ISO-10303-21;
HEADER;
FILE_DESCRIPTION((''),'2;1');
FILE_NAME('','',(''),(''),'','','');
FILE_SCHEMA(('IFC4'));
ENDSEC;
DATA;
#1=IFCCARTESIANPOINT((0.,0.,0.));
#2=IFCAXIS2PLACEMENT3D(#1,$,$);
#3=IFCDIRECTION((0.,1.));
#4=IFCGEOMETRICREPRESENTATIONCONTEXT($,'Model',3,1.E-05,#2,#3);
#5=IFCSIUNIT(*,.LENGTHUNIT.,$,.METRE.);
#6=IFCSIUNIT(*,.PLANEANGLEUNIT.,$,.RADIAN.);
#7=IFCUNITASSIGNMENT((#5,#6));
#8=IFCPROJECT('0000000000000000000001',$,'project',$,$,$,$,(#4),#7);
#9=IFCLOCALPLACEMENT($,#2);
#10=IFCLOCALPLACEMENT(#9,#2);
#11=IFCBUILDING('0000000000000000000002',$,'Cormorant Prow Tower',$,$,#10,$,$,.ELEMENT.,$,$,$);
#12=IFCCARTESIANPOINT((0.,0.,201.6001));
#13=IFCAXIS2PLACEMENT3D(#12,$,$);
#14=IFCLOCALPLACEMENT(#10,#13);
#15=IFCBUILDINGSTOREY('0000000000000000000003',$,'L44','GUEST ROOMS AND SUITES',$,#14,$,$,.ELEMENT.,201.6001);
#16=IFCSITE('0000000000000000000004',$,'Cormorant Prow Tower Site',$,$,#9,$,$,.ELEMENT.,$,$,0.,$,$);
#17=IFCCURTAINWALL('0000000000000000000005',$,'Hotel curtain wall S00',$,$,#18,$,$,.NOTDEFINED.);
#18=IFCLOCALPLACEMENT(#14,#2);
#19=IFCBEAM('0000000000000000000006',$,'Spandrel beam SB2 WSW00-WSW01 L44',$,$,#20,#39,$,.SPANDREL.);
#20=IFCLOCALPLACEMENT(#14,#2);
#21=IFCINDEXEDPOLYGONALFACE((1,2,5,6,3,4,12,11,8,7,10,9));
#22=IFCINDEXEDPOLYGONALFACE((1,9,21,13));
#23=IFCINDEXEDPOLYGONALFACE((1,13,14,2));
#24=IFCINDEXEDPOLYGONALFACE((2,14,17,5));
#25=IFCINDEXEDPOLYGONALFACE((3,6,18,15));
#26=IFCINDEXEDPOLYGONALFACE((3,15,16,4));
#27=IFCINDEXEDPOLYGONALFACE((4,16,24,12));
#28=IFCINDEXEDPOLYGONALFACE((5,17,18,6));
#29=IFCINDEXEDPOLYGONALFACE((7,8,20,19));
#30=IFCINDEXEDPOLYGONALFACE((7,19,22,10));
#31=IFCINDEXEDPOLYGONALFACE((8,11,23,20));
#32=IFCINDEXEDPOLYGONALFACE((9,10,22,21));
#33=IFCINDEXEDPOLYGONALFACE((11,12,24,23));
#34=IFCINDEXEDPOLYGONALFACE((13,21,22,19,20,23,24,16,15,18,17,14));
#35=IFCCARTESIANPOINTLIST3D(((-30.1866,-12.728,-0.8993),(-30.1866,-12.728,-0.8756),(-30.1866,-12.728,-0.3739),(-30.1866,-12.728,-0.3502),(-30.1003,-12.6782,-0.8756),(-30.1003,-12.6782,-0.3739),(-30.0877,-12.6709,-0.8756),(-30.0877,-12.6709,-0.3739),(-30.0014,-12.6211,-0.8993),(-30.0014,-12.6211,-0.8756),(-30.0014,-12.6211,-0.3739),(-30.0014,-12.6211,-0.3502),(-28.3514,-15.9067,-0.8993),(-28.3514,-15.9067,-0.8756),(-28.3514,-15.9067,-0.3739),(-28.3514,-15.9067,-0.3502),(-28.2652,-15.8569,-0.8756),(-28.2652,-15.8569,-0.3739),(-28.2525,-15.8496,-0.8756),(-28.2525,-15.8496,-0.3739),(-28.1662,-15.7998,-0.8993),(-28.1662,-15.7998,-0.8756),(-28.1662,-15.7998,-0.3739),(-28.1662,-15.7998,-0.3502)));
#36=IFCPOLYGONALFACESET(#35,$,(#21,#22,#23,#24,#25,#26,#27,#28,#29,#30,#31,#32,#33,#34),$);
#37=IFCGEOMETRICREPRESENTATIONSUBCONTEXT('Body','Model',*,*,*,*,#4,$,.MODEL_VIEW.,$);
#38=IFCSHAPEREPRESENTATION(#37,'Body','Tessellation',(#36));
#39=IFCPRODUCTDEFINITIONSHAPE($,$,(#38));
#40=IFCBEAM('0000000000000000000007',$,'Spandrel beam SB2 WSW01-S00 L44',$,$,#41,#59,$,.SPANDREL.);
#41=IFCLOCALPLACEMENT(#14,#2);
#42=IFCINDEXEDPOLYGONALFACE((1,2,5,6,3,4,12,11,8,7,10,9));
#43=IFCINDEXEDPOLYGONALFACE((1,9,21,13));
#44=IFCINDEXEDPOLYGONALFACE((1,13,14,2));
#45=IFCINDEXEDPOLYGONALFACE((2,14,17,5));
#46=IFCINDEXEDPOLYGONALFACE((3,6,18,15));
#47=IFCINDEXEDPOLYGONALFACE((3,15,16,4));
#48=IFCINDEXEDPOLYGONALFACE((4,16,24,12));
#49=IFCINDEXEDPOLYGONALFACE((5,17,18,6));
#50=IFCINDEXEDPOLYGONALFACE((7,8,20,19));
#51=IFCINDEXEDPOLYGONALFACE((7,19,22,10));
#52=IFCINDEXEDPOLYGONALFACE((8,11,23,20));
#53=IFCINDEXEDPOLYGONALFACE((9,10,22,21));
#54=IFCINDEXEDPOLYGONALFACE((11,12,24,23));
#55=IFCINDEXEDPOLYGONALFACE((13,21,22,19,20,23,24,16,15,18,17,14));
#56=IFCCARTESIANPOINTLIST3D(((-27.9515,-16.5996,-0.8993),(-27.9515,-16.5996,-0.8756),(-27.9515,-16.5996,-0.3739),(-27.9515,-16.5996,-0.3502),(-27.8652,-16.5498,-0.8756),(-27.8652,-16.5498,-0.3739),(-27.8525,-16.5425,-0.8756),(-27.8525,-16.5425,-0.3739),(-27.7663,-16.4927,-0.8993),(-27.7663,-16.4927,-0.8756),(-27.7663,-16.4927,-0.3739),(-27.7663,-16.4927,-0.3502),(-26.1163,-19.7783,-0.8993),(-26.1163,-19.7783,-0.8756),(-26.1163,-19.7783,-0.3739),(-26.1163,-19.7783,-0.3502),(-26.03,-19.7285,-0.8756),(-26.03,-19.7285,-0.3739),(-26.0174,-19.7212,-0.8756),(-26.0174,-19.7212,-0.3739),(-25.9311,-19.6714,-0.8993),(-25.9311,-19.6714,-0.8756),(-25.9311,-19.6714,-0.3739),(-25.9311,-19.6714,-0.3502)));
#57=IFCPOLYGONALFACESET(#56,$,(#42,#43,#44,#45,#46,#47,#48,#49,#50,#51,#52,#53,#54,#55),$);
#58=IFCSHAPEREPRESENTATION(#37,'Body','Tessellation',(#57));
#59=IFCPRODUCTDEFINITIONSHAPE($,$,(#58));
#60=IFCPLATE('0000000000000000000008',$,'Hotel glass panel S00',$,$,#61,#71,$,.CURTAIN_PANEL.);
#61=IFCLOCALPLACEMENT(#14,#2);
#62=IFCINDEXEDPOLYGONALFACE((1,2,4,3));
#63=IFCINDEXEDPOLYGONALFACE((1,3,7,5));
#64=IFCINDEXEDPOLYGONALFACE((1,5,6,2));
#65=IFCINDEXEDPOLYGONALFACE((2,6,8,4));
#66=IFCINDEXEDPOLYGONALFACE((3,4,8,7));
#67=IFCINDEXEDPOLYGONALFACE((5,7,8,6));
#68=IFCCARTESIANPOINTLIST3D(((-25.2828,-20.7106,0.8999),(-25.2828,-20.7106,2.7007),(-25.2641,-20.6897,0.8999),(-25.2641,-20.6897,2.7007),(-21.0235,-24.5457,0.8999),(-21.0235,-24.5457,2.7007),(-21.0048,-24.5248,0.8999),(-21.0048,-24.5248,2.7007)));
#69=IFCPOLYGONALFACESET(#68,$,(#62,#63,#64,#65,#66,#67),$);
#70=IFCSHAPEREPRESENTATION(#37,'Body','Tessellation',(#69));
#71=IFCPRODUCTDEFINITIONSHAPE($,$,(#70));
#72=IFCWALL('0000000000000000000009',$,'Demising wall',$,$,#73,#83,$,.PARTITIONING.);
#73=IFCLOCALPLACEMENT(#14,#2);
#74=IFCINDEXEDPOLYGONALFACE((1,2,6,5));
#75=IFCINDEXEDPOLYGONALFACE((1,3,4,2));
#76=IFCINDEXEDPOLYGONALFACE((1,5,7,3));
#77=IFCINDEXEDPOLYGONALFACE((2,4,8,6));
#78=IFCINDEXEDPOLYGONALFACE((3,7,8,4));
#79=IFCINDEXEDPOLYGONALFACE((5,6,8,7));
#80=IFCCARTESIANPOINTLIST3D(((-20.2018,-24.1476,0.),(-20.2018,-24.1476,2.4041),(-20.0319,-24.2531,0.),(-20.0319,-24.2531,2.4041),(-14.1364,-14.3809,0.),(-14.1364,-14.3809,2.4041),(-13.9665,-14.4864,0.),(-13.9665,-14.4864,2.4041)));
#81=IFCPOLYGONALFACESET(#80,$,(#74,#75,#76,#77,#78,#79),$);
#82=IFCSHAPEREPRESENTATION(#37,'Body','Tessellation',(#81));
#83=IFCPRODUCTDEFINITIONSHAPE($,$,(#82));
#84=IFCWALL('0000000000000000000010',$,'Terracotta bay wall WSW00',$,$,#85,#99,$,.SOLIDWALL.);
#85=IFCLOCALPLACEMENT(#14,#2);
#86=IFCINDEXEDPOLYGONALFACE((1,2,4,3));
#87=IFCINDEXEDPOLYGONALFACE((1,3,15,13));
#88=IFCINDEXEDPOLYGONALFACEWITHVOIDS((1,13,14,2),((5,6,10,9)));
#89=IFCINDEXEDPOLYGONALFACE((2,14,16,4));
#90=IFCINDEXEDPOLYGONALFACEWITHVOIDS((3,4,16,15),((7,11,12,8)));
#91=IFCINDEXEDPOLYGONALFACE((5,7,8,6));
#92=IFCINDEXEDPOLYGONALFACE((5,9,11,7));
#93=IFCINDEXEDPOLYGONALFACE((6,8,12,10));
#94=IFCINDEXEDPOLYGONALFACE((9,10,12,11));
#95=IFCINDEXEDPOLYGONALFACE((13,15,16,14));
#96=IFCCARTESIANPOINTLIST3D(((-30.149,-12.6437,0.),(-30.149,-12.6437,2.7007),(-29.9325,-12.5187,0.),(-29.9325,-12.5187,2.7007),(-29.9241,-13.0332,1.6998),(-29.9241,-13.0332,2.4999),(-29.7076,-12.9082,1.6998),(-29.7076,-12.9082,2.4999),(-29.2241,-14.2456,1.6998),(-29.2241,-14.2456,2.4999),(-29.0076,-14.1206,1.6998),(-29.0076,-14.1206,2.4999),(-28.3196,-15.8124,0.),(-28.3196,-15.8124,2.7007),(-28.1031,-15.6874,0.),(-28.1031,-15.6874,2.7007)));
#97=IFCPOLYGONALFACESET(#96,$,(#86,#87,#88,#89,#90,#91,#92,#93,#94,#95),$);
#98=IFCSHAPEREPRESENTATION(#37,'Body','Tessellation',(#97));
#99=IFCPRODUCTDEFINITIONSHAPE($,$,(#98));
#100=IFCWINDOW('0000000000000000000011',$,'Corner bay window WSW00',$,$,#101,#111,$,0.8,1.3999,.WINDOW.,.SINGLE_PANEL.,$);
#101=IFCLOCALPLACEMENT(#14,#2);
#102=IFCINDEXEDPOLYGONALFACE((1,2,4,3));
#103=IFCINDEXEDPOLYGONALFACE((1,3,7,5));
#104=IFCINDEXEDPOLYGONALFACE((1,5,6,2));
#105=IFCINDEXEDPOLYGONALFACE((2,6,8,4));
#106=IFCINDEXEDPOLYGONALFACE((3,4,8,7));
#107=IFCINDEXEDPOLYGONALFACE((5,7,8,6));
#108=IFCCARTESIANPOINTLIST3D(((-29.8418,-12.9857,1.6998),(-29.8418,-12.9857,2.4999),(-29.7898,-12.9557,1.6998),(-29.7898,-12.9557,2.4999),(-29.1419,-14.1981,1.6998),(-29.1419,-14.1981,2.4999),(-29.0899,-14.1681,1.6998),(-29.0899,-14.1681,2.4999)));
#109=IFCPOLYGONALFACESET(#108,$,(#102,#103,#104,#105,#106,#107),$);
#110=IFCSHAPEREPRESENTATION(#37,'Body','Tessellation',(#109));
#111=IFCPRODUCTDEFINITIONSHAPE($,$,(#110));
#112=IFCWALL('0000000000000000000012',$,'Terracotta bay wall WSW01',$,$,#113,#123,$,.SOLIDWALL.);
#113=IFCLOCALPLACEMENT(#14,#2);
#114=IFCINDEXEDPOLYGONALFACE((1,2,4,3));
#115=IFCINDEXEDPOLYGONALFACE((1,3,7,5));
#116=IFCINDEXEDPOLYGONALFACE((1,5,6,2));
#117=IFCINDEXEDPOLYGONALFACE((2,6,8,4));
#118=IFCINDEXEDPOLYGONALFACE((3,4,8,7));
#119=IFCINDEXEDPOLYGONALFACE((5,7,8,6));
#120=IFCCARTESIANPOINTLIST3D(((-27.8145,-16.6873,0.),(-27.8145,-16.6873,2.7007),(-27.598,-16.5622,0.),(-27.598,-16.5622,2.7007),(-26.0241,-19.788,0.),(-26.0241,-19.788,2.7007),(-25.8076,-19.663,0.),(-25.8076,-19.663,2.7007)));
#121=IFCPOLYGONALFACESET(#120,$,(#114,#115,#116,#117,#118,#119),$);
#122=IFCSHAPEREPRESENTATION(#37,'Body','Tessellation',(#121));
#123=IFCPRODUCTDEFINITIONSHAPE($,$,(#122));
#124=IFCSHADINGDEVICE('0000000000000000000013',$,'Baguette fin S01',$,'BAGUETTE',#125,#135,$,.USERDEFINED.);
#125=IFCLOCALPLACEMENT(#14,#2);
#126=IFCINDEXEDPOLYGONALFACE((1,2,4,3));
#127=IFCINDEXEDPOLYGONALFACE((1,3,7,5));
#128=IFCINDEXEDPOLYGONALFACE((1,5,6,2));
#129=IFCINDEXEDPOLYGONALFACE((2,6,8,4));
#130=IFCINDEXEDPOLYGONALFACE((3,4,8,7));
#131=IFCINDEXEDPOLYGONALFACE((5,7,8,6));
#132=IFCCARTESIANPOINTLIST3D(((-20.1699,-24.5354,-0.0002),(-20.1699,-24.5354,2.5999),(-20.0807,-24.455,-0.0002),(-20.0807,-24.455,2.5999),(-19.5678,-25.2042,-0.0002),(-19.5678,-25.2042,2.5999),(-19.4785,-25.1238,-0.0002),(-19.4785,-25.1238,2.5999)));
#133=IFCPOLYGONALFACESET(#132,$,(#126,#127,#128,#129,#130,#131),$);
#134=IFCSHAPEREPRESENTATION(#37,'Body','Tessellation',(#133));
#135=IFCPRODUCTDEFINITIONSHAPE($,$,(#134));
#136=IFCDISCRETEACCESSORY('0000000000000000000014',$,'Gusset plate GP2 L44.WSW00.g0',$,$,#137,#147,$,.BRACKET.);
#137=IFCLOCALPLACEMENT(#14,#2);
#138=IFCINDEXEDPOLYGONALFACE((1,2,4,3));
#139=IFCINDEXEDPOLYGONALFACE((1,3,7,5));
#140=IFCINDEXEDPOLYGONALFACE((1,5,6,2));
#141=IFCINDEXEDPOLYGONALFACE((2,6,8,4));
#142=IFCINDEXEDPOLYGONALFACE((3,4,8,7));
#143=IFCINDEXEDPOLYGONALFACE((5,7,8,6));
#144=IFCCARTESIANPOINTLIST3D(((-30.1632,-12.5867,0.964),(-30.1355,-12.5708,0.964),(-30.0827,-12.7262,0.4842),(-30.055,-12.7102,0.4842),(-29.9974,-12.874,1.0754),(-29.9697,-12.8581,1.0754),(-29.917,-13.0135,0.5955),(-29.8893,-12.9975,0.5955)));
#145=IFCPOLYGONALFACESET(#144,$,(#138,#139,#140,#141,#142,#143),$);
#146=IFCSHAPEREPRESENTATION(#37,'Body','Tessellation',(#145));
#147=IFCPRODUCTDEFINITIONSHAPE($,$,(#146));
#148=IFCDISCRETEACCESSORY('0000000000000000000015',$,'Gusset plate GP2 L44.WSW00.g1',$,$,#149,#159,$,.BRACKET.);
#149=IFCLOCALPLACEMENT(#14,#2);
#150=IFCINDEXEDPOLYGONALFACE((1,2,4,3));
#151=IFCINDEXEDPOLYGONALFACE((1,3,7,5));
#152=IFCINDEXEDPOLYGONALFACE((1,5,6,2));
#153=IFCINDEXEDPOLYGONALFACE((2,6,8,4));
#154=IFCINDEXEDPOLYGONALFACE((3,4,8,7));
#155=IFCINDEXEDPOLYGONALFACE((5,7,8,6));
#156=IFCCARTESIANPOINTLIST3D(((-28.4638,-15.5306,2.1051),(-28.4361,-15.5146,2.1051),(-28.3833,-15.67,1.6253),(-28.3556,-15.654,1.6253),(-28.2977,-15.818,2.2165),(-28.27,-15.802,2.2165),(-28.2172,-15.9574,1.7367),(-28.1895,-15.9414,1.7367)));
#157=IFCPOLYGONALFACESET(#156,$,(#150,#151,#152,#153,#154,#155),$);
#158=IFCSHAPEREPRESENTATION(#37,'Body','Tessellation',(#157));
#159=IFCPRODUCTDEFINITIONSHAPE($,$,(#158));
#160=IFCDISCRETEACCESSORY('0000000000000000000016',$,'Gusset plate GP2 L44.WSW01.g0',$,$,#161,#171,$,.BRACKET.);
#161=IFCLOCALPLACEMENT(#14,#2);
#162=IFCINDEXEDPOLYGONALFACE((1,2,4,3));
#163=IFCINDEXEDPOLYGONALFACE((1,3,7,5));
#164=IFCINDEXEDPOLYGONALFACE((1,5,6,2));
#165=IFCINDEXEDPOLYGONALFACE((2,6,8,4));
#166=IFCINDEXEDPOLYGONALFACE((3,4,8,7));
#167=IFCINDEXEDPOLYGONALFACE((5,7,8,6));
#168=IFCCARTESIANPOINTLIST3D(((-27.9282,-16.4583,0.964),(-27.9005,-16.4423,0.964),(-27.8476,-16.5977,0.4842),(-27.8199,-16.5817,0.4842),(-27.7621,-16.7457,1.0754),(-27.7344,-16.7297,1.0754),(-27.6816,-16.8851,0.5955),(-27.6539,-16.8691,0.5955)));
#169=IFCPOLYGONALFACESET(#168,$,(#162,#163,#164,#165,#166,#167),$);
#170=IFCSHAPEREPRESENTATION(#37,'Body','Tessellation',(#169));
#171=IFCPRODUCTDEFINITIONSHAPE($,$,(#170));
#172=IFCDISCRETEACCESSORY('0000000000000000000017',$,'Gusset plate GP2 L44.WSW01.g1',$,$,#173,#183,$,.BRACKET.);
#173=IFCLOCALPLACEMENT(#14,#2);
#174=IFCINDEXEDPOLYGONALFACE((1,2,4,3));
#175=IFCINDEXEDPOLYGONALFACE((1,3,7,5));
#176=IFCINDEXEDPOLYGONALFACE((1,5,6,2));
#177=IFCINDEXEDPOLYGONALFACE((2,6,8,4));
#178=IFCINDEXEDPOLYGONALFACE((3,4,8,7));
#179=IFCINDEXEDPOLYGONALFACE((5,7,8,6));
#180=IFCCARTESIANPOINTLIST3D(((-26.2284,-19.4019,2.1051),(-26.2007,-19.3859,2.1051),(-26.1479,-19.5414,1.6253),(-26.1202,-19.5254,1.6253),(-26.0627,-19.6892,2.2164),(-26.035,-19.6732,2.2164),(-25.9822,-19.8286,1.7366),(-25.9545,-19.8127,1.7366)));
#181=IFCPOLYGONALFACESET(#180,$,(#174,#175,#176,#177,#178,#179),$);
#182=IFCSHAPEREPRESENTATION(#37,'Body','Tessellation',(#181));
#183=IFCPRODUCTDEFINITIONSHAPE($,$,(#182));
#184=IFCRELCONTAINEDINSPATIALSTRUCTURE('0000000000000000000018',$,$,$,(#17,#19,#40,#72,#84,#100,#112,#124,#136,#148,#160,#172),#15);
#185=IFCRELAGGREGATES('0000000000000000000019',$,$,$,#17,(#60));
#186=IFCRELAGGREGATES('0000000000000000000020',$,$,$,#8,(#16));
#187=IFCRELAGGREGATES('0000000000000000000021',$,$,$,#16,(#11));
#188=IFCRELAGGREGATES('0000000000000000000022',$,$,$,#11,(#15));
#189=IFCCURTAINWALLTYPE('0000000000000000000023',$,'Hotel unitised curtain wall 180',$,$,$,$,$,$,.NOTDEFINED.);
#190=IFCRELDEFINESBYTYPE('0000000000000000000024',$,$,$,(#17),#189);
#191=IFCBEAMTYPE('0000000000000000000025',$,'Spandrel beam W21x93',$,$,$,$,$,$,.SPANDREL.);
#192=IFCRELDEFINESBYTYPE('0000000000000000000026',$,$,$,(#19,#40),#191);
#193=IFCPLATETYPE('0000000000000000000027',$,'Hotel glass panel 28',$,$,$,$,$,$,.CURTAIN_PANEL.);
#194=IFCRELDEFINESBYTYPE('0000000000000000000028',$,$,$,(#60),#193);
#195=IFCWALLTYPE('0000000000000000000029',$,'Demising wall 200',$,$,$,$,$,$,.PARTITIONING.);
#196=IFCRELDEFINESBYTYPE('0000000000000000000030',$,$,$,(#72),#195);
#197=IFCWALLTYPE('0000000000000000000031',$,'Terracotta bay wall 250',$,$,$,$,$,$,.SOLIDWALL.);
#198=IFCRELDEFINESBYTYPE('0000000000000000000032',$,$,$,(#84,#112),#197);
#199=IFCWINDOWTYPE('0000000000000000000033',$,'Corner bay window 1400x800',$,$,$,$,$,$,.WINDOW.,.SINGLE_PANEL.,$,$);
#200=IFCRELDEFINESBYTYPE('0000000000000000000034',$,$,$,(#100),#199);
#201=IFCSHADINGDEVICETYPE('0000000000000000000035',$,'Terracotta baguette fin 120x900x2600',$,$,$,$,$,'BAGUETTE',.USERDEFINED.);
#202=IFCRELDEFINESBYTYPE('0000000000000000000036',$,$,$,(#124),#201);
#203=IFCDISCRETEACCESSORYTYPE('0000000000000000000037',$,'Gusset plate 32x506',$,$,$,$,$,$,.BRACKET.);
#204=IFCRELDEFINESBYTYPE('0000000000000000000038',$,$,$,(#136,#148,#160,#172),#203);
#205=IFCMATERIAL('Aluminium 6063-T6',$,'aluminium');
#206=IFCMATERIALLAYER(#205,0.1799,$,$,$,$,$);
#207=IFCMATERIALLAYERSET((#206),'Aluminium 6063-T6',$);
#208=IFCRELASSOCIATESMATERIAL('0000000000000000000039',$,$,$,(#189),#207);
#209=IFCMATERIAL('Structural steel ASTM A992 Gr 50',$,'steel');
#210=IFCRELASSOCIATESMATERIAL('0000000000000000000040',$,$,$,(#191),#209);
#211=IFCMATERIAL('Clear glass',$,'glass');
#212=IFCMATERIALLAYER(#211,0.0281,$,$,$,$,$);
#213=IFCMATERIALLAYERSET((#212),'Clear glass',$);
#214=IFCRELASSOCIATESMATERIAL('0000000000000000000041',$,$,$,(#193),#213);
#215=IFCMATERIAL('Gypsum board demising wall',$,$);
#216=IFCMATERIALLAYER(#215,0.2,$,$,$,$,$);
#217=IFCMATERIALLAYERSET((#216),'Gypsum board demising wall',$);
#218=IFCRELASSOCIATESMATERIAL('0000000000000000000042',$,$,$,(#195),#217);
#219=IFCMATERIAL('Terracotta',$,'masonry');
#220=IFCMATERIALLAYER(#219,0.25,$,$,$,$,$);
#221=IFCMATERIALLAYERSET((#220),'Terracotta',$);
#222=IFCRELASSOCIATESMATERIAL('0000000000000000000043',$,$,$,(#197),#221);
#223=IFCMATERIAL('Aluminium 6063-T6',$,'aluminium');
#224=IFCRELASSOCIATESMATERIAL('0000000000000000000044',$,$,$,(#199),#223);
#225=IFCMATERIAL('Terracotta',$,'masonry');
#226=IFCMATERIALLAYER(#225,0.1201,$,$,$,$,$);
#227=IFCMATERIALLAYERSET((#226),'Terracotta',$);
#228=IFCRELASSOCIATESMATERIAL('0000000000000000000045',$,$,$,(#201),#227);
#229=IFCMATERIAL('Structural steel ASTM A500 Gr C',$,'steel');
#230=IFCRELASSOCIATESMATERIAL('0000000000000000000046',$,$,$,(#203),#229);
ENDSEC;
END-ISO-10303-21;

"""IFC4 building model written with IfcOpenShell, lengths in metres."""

from ifc_helpers import new_model, si_unit, direction, frame, frame_2d, origin, origin_2d, place, context, subcontext, project, spatial, rectangle, i_section, extrude, material, layer, layer_set, material_profile, profile_set, type_object, element, fill, aggregate, save


model = new_model("IFC4")

# Units and contexts
model_context = context("Model", 3, precision=1e-05, world=origin(), true_north=direction((0.0, 1.0)))
body_context = subcontext(model_context, "Body", "Model", "MODEL_VIEW")
ifc_project = project(units=[si_unit("LENGTHUNIT", "METRE"), si_unit("PLANEANGLEUNIT", "RADIAN")], contexts=[model_context])

# Site, building, storey
site_placement = place(None, origin())
site = spatial("IfcSite", under=ifc_project, at=site_placement, Name="Cormorant Prow Tower Site", CompositionType="ELEMENT", RefElevation=0.0)
building_placement = place(site_placement, origin())
building = spatial("IfcBuilding", under=site, at=building_placement, Name="Cormorant Prow Tower", CompositionType="ELEMENT")
storey_placement = place(building_placement, frame((0.0, 0.0, 201.6001)))
storey = spatial("IfcBuildingStorey", under=building, at=storey_placement, Name="L44", Description="GUEST ROOMS AND SUITES", CompositionType="ELEMENT", Elevation=201.6001)

# Curtain wall
ifc_material_1 = material(Name="Aluminium 6063-T6", Category="aluminium")
ifc_layer_1 = layer(ifc_material_1, 0.1799)
ifc_layer_set_1 = layer_set([ifc_layer_1], Name="Aluminium 6063-T6")
curtain_wall_type = type_object("IfcCurtainWallType", Name="Hotel unitised curtain wall 180", PredefinedType="NOTDEFINED", material=ifc_layer_set_1)
curtain_wall_placement = place(storey_placement, origin())
curtain_wall = element("IfcCurtainWall", 1, at=curtain_wall_placement, inside=storey, type_object=curtain_wall_type, Name="Hotel curtain wall S00", PredefinedType="NOTDEFINED")

# Beams
ifc_material_2 = material(Name="Structural steel ASTM A992 Gr 50", Category="steel")
ifc_material_profile_1 = material_profile(ifc_material_2, i_section(OverallWidth=0.2139, OverallDepth=0.5491, WebThickness=0.0146, FlangeThickness=0.0237, at=origin_2d()), Name="W21x93")
ifc_profile_set_1 = profile_set([ifc_material_profile_1], Name="Structural steel ASTM A992 Gr 50")
beam_type = type_object("IfcBeamType", Name="Spandrel beam W21x93", PredefinedType="SPANDREL", material=ifc_profile_set_1)
for number, where, z_axis, x_axis, name in (
    (2, (-30.094, -12.6746, -0.6248), (0.499995, -0.866028, 0.0), (0.866028, 0.499995, 0.0), "Spandrel beam SB2 WSW00-WSW01 L44"),
    (3, (-27.8589, -16.5461, -0.6248), (0.499995, -0.866028, 0.0), (0.866028, 0.499995, 0.0), "Spandrel beam SB2 WSW01-S00 L44"),
):
    element("IfcBeam", number, at=place(storey_placement, frame(where, z_axis=z_axis, x_axis=x_axis)), inside=storey, type_object=beam_type, Name=name, PredefinedType="SPANDREL", context=body_context, shape_type="SweptSolid", body=[
        extrude(i_section(OverallWidth=0.2139, OverallDepth=0.5491, WebThickness=0.0146, FlangeThickness=0.0237, at=origin_2d()), origin(), (0.0, 0.0, 1.0), 3.6704),
    ])

# Plate
ifc_material_3 = material(Name="Clear glass", Category="glass")
ifc_layer_2 = layer(ifc_material_3, 0.0281)
ifc_layer_set_2 = layer_set([ifc_layer_2], Name="Clear glass")
plate_type = type_object("IfcPlateType", Name="Hotel glass panel 28", PredefinedType="CURTAIN_PANEL", material=ifc_layer_set_2)
plate_placement = place(storey_placement, frame((-23.1438, -22.6177, 0.8999), z_axis=(0.0, 0.0, 1.0), x_axis=(0.743145, -0.669131, 0.0)))
plate = element("IfcPlate", 4, at=plate_placement, type_object=plate_type, Name="Hotel glass panel S00", PredefinedType="CURTAIN_PANEL", context=body_context, shape_type="SweptSolid", body=[
    extrude(rectangle(XDim=5.7314, YDim=0.0281, at=origin_2d()), origin(), (0.0, 0.0, 1.0), 1.8008),
])
aggregate(curtain_wall, [plate])

# Wall
ifc_material_4 = material(Name="Gypsum board demising wall")
ifc_layer_3 = layer(ifc_material_4, 0.2)
ifc_layer_set_3 = layer_set([ifc_layer_3], Name="Gypsum board demising wall")
wall_type_1 = type_object("IfcWallType", Name="Demising wall 200", PredefinedType="PARTITIONING", material=ifc_layer_set_3)
wall_1_placement = place(storey_placement, frame((-20.1169, -24.2004, 0.0), z_axis=(0.0, 0.0, 1.0), x_axis=(0.527576, 0.849508, 0.0)))
element("IfcWall", 5, at=wall_1_placement, inside=storey, type_object=wall_type_1, Name="Demising wall", PredefinedType="PARTITIONING", context=body_context, shape_type="SweptSolid", body=[
    extrude(rectangle(XDim=11.4968, YDim=0.2, at=frame_2d((5.7485, 0.0))), origin(), (0.0, 0.0, 1.0), 2.4041),
])

# Wall, opening, window
ifc_material_5 = material(Name="Terracotta", Category="masonry")
ifc_layer_4 = layer(ifc_material_5, 0.25)
ifc_layer_set_4 = layer_set([ifc_layer_4], Name="Terracotta")
wall_type_2 = type_object("IfcWallType", Name="Terracotta bay wall 250", PredefinedType="SOLIDWALL", material=ifc_layer_set_4)
wall_2_placement = place(storey_placement, frame((-30.0408, -12.5811, 0.0), z_axis=(0.0, 0.0, 1.0), x_axis=(0.499979, -0.866038, 0.0)))
wall_2 = element("IfcWall", 6, at=wall_2_placement, inside=storey, type_object=wall_type_2, Name="Terracotta bay wall WSW00", PredefinedType="SOLIDWALL", context=body_context, shape_type="SweptSolid", body=[
    extrude(rectangle(XDim=3.6589, YDim=0.25, at=frame_2d((1.8296, 0.0))), origin(), (0.0, 0.0, 1.0), 2.7007),
])
opening_1_placement = place(wall_2_placement, frame((0.45, 0.0, 1.7)))
opening_1 = element("IfcOpeningElement", 7, at=opening_1_placement, cuts=wall_2, PredefinedType="OPENING", context=body_context, shape_type="SweptSolid", body=[
    extrude(rectangle(XDim=1.3999, YDim=0.8, at=frame_2d((0.7, 0.3999))), frame((0.0, 0.135, 0.0), z_axis=(0.0, -1.0, 0.0), x_axis=(1.0, 0.0, 0.0)), (0.0, 0.0, 1.0), 0.27),
])
ifc_material_6 = material(Name="Aluminium 6063-T6", Category="aluminium")
window_type = type_object("IfcWindowType", Name="Corner bay window 1400x800", PartitioningType="SINGLE_PANEL", PredefinedType="WINDOW", material=ifc_material_6)
window_placement = place(opening_1_placement, origin())
window = element("IfcWindow", 8, at=window_placement, inside=storey, type_object=window_type, Name="Corner bay window WSW00", OverallHeight=0.8, OverallWidth=1.3999, PartitioningType="SINGLE_PANEL", PredefinedType="WINDOW", context=body_context, shape_type="SweptSolid", body=[
    extrude(rectangle(XDim=1.3999, YDim=0.8, at=frame_2d((0.7, 0.3999))), frame((0.0, 0.03, 0.0), z_axis=(0.0, -1.0, 0.0), x_axis=(1.0, 0.0, 0.0)), (0.0, 0.0, 1.0), 0.0601),
])
fill(opening_1, window)

# Wall
wall_3_placement = place(storey_placement, frame((-27.7063, -16.6248, 0.0), z_axis=(0.0, 0.0, 1.0), x_axis=(0.500055, -0.865994, 0.0)))
element("IfcWall", 9, at=wall_3_placement, inside=storey, type_object=wall_type_2, Name="Terracotta bay wall WSW01", PredefinedType="SOLIDWALL", context=body_context, shape_type="SweptSolid", body=[
    extrude(rectangle(XDim=3.5806, YDim=0.25, at=frame_2d((1.7903, 0.0))), origin(), (0.0, 0.0, 1.0), 2.7007),
])

# Shading device
ifc_material_7 = material(Name="Terracotta", Category="masonry")
ifc_layer_5 = layer(ifc_material_7, 0.1201)
ifc_layer_set_5 = layer_set([ifc_layer_5], Name="Terracotta")
shading_device_type = type_object("IfcShadingDeviceType", Name="Terracotta baguette fin 120x900x2600", ElementType="BAGUETTE", PredefinedType="USERDEFINED", material=ifc_layer_set_5)
shading_device_placement = place(storey_placement, frame((-19.8242, -24.8296, -0.0002), z_axis=(0.0, 0.0, 1.0), x_axis=(0.743145, 0.669131, 0.0)))
element("IfcShadingDevice", 10, at=shading_device_placement, inside=storey, type_object=shading_device_type, Name="Baguette fin S01", ObjectType="BAGUETTE", PredefinedType="USERDEFINED", context=body_context, shape_type="SweptSolid", body=[
    extrude(rectangle(XDim=0.1201, YDim=0.8999, at=origin_2d()), origin(), (0.0, 0.0, 1.0), 2.6001),
])

# Discrete accessories
ifc_material_8 = material(Name="Structural steel ASTM A500 Gr C", Category="steel")
ifc_material_profile_2 = material_profile(ifc_material_8, rectangle(XDim=0.032, YDim=0.5061, at=origin_2d()), Name="Gusset plate 32x506")
ifc_profile_set_2 = profile_set([ifc_material_profile_2], Name="Structural steel ASTM A500 Gr C")
discrete_accessory_type = type_object("IfcDiscreteAccessoryType", Name="Gusset plate 32x506", PredefinedType="BRACKET", material=ifc_profile_set_2)
discrete_accessory_1_placement = place(storey_placement, frame((-29.9434, -12.9358, 0.8354), z_axis=(-0.473737, 0.82119, -0.31815), x_axis=(-0.866198, -0.499701, 0.0)))
element("IfcDiscreteAccessory", 11, at=discrete_accessory_1_placement, inside=storey, type_object=discrete_accessory_type, Name="Gusset plate GP2 L44.WSW00.g0", PredefinedType="BRACKET", context=body_context, shape_type="SweptSolid", body=[
    extrude(rectangle(XDim=0.032, YDim=0.5061, at=origin_2d()), origin(), (0.0, 0.0, 1.0), 0.3499),
])
for number, where, z_axis, x_axis, name in (
    (12, (-28.4097, -15.5923, 1.8652), (0.474278, -0.820919, 0.318045), (0.865879, 0.500253, 0.0), "Gusset plate GP2 L44.WSW00.g1"),
    (13, (-27.708, -16.8074, 0.8354), (-0.474278, 0.820919, -0.318045), (-0.865879, -0.500253, 0.0), "Gusset plate GP2 L44.WSW01.g0"),
):
    element("IfcDiscreteAccessory", number, at=place(storey_placement, frame(where, z_axis=z_axis, x_axis=x_axis)), inside=storey, type_object=discrete_accessory_type, Name=name, PredefinedType="BRACKET", context=body_context, shape_type="SweptSolid", body=[
        extrude(rectangle(XDim=0.032, YDim=0.5061, at=origin_2d()), origin(), (0.0, 0.0, 1.0), 0.3501),
    ])
discrete_accessory_2_placement = place(storey_placement, frame((-26.1743, -19.4636, 1.8652), z_axis=(0.473737, -0.82119, 0.31815), x_axis=(0.866198, 0.499701, 0.0)))
element("IfcDiscreteAccessory", 14, at=discrete_accessory_2_placement, inside=storey, type_object=discrete_accessory_type, Name="Gusset plate GP2 L44.WSW01.g1", PredefinedType="BRACKET", context=body_context, shape_type="SweptSolid", body=[
    extrude(rectangle(XDim=0.032, YDim=0.5061, at=origin_2d()), origin(), (0.0, 0.0, 1.0), 0.3499),
])

save(model, "model.ifc")
